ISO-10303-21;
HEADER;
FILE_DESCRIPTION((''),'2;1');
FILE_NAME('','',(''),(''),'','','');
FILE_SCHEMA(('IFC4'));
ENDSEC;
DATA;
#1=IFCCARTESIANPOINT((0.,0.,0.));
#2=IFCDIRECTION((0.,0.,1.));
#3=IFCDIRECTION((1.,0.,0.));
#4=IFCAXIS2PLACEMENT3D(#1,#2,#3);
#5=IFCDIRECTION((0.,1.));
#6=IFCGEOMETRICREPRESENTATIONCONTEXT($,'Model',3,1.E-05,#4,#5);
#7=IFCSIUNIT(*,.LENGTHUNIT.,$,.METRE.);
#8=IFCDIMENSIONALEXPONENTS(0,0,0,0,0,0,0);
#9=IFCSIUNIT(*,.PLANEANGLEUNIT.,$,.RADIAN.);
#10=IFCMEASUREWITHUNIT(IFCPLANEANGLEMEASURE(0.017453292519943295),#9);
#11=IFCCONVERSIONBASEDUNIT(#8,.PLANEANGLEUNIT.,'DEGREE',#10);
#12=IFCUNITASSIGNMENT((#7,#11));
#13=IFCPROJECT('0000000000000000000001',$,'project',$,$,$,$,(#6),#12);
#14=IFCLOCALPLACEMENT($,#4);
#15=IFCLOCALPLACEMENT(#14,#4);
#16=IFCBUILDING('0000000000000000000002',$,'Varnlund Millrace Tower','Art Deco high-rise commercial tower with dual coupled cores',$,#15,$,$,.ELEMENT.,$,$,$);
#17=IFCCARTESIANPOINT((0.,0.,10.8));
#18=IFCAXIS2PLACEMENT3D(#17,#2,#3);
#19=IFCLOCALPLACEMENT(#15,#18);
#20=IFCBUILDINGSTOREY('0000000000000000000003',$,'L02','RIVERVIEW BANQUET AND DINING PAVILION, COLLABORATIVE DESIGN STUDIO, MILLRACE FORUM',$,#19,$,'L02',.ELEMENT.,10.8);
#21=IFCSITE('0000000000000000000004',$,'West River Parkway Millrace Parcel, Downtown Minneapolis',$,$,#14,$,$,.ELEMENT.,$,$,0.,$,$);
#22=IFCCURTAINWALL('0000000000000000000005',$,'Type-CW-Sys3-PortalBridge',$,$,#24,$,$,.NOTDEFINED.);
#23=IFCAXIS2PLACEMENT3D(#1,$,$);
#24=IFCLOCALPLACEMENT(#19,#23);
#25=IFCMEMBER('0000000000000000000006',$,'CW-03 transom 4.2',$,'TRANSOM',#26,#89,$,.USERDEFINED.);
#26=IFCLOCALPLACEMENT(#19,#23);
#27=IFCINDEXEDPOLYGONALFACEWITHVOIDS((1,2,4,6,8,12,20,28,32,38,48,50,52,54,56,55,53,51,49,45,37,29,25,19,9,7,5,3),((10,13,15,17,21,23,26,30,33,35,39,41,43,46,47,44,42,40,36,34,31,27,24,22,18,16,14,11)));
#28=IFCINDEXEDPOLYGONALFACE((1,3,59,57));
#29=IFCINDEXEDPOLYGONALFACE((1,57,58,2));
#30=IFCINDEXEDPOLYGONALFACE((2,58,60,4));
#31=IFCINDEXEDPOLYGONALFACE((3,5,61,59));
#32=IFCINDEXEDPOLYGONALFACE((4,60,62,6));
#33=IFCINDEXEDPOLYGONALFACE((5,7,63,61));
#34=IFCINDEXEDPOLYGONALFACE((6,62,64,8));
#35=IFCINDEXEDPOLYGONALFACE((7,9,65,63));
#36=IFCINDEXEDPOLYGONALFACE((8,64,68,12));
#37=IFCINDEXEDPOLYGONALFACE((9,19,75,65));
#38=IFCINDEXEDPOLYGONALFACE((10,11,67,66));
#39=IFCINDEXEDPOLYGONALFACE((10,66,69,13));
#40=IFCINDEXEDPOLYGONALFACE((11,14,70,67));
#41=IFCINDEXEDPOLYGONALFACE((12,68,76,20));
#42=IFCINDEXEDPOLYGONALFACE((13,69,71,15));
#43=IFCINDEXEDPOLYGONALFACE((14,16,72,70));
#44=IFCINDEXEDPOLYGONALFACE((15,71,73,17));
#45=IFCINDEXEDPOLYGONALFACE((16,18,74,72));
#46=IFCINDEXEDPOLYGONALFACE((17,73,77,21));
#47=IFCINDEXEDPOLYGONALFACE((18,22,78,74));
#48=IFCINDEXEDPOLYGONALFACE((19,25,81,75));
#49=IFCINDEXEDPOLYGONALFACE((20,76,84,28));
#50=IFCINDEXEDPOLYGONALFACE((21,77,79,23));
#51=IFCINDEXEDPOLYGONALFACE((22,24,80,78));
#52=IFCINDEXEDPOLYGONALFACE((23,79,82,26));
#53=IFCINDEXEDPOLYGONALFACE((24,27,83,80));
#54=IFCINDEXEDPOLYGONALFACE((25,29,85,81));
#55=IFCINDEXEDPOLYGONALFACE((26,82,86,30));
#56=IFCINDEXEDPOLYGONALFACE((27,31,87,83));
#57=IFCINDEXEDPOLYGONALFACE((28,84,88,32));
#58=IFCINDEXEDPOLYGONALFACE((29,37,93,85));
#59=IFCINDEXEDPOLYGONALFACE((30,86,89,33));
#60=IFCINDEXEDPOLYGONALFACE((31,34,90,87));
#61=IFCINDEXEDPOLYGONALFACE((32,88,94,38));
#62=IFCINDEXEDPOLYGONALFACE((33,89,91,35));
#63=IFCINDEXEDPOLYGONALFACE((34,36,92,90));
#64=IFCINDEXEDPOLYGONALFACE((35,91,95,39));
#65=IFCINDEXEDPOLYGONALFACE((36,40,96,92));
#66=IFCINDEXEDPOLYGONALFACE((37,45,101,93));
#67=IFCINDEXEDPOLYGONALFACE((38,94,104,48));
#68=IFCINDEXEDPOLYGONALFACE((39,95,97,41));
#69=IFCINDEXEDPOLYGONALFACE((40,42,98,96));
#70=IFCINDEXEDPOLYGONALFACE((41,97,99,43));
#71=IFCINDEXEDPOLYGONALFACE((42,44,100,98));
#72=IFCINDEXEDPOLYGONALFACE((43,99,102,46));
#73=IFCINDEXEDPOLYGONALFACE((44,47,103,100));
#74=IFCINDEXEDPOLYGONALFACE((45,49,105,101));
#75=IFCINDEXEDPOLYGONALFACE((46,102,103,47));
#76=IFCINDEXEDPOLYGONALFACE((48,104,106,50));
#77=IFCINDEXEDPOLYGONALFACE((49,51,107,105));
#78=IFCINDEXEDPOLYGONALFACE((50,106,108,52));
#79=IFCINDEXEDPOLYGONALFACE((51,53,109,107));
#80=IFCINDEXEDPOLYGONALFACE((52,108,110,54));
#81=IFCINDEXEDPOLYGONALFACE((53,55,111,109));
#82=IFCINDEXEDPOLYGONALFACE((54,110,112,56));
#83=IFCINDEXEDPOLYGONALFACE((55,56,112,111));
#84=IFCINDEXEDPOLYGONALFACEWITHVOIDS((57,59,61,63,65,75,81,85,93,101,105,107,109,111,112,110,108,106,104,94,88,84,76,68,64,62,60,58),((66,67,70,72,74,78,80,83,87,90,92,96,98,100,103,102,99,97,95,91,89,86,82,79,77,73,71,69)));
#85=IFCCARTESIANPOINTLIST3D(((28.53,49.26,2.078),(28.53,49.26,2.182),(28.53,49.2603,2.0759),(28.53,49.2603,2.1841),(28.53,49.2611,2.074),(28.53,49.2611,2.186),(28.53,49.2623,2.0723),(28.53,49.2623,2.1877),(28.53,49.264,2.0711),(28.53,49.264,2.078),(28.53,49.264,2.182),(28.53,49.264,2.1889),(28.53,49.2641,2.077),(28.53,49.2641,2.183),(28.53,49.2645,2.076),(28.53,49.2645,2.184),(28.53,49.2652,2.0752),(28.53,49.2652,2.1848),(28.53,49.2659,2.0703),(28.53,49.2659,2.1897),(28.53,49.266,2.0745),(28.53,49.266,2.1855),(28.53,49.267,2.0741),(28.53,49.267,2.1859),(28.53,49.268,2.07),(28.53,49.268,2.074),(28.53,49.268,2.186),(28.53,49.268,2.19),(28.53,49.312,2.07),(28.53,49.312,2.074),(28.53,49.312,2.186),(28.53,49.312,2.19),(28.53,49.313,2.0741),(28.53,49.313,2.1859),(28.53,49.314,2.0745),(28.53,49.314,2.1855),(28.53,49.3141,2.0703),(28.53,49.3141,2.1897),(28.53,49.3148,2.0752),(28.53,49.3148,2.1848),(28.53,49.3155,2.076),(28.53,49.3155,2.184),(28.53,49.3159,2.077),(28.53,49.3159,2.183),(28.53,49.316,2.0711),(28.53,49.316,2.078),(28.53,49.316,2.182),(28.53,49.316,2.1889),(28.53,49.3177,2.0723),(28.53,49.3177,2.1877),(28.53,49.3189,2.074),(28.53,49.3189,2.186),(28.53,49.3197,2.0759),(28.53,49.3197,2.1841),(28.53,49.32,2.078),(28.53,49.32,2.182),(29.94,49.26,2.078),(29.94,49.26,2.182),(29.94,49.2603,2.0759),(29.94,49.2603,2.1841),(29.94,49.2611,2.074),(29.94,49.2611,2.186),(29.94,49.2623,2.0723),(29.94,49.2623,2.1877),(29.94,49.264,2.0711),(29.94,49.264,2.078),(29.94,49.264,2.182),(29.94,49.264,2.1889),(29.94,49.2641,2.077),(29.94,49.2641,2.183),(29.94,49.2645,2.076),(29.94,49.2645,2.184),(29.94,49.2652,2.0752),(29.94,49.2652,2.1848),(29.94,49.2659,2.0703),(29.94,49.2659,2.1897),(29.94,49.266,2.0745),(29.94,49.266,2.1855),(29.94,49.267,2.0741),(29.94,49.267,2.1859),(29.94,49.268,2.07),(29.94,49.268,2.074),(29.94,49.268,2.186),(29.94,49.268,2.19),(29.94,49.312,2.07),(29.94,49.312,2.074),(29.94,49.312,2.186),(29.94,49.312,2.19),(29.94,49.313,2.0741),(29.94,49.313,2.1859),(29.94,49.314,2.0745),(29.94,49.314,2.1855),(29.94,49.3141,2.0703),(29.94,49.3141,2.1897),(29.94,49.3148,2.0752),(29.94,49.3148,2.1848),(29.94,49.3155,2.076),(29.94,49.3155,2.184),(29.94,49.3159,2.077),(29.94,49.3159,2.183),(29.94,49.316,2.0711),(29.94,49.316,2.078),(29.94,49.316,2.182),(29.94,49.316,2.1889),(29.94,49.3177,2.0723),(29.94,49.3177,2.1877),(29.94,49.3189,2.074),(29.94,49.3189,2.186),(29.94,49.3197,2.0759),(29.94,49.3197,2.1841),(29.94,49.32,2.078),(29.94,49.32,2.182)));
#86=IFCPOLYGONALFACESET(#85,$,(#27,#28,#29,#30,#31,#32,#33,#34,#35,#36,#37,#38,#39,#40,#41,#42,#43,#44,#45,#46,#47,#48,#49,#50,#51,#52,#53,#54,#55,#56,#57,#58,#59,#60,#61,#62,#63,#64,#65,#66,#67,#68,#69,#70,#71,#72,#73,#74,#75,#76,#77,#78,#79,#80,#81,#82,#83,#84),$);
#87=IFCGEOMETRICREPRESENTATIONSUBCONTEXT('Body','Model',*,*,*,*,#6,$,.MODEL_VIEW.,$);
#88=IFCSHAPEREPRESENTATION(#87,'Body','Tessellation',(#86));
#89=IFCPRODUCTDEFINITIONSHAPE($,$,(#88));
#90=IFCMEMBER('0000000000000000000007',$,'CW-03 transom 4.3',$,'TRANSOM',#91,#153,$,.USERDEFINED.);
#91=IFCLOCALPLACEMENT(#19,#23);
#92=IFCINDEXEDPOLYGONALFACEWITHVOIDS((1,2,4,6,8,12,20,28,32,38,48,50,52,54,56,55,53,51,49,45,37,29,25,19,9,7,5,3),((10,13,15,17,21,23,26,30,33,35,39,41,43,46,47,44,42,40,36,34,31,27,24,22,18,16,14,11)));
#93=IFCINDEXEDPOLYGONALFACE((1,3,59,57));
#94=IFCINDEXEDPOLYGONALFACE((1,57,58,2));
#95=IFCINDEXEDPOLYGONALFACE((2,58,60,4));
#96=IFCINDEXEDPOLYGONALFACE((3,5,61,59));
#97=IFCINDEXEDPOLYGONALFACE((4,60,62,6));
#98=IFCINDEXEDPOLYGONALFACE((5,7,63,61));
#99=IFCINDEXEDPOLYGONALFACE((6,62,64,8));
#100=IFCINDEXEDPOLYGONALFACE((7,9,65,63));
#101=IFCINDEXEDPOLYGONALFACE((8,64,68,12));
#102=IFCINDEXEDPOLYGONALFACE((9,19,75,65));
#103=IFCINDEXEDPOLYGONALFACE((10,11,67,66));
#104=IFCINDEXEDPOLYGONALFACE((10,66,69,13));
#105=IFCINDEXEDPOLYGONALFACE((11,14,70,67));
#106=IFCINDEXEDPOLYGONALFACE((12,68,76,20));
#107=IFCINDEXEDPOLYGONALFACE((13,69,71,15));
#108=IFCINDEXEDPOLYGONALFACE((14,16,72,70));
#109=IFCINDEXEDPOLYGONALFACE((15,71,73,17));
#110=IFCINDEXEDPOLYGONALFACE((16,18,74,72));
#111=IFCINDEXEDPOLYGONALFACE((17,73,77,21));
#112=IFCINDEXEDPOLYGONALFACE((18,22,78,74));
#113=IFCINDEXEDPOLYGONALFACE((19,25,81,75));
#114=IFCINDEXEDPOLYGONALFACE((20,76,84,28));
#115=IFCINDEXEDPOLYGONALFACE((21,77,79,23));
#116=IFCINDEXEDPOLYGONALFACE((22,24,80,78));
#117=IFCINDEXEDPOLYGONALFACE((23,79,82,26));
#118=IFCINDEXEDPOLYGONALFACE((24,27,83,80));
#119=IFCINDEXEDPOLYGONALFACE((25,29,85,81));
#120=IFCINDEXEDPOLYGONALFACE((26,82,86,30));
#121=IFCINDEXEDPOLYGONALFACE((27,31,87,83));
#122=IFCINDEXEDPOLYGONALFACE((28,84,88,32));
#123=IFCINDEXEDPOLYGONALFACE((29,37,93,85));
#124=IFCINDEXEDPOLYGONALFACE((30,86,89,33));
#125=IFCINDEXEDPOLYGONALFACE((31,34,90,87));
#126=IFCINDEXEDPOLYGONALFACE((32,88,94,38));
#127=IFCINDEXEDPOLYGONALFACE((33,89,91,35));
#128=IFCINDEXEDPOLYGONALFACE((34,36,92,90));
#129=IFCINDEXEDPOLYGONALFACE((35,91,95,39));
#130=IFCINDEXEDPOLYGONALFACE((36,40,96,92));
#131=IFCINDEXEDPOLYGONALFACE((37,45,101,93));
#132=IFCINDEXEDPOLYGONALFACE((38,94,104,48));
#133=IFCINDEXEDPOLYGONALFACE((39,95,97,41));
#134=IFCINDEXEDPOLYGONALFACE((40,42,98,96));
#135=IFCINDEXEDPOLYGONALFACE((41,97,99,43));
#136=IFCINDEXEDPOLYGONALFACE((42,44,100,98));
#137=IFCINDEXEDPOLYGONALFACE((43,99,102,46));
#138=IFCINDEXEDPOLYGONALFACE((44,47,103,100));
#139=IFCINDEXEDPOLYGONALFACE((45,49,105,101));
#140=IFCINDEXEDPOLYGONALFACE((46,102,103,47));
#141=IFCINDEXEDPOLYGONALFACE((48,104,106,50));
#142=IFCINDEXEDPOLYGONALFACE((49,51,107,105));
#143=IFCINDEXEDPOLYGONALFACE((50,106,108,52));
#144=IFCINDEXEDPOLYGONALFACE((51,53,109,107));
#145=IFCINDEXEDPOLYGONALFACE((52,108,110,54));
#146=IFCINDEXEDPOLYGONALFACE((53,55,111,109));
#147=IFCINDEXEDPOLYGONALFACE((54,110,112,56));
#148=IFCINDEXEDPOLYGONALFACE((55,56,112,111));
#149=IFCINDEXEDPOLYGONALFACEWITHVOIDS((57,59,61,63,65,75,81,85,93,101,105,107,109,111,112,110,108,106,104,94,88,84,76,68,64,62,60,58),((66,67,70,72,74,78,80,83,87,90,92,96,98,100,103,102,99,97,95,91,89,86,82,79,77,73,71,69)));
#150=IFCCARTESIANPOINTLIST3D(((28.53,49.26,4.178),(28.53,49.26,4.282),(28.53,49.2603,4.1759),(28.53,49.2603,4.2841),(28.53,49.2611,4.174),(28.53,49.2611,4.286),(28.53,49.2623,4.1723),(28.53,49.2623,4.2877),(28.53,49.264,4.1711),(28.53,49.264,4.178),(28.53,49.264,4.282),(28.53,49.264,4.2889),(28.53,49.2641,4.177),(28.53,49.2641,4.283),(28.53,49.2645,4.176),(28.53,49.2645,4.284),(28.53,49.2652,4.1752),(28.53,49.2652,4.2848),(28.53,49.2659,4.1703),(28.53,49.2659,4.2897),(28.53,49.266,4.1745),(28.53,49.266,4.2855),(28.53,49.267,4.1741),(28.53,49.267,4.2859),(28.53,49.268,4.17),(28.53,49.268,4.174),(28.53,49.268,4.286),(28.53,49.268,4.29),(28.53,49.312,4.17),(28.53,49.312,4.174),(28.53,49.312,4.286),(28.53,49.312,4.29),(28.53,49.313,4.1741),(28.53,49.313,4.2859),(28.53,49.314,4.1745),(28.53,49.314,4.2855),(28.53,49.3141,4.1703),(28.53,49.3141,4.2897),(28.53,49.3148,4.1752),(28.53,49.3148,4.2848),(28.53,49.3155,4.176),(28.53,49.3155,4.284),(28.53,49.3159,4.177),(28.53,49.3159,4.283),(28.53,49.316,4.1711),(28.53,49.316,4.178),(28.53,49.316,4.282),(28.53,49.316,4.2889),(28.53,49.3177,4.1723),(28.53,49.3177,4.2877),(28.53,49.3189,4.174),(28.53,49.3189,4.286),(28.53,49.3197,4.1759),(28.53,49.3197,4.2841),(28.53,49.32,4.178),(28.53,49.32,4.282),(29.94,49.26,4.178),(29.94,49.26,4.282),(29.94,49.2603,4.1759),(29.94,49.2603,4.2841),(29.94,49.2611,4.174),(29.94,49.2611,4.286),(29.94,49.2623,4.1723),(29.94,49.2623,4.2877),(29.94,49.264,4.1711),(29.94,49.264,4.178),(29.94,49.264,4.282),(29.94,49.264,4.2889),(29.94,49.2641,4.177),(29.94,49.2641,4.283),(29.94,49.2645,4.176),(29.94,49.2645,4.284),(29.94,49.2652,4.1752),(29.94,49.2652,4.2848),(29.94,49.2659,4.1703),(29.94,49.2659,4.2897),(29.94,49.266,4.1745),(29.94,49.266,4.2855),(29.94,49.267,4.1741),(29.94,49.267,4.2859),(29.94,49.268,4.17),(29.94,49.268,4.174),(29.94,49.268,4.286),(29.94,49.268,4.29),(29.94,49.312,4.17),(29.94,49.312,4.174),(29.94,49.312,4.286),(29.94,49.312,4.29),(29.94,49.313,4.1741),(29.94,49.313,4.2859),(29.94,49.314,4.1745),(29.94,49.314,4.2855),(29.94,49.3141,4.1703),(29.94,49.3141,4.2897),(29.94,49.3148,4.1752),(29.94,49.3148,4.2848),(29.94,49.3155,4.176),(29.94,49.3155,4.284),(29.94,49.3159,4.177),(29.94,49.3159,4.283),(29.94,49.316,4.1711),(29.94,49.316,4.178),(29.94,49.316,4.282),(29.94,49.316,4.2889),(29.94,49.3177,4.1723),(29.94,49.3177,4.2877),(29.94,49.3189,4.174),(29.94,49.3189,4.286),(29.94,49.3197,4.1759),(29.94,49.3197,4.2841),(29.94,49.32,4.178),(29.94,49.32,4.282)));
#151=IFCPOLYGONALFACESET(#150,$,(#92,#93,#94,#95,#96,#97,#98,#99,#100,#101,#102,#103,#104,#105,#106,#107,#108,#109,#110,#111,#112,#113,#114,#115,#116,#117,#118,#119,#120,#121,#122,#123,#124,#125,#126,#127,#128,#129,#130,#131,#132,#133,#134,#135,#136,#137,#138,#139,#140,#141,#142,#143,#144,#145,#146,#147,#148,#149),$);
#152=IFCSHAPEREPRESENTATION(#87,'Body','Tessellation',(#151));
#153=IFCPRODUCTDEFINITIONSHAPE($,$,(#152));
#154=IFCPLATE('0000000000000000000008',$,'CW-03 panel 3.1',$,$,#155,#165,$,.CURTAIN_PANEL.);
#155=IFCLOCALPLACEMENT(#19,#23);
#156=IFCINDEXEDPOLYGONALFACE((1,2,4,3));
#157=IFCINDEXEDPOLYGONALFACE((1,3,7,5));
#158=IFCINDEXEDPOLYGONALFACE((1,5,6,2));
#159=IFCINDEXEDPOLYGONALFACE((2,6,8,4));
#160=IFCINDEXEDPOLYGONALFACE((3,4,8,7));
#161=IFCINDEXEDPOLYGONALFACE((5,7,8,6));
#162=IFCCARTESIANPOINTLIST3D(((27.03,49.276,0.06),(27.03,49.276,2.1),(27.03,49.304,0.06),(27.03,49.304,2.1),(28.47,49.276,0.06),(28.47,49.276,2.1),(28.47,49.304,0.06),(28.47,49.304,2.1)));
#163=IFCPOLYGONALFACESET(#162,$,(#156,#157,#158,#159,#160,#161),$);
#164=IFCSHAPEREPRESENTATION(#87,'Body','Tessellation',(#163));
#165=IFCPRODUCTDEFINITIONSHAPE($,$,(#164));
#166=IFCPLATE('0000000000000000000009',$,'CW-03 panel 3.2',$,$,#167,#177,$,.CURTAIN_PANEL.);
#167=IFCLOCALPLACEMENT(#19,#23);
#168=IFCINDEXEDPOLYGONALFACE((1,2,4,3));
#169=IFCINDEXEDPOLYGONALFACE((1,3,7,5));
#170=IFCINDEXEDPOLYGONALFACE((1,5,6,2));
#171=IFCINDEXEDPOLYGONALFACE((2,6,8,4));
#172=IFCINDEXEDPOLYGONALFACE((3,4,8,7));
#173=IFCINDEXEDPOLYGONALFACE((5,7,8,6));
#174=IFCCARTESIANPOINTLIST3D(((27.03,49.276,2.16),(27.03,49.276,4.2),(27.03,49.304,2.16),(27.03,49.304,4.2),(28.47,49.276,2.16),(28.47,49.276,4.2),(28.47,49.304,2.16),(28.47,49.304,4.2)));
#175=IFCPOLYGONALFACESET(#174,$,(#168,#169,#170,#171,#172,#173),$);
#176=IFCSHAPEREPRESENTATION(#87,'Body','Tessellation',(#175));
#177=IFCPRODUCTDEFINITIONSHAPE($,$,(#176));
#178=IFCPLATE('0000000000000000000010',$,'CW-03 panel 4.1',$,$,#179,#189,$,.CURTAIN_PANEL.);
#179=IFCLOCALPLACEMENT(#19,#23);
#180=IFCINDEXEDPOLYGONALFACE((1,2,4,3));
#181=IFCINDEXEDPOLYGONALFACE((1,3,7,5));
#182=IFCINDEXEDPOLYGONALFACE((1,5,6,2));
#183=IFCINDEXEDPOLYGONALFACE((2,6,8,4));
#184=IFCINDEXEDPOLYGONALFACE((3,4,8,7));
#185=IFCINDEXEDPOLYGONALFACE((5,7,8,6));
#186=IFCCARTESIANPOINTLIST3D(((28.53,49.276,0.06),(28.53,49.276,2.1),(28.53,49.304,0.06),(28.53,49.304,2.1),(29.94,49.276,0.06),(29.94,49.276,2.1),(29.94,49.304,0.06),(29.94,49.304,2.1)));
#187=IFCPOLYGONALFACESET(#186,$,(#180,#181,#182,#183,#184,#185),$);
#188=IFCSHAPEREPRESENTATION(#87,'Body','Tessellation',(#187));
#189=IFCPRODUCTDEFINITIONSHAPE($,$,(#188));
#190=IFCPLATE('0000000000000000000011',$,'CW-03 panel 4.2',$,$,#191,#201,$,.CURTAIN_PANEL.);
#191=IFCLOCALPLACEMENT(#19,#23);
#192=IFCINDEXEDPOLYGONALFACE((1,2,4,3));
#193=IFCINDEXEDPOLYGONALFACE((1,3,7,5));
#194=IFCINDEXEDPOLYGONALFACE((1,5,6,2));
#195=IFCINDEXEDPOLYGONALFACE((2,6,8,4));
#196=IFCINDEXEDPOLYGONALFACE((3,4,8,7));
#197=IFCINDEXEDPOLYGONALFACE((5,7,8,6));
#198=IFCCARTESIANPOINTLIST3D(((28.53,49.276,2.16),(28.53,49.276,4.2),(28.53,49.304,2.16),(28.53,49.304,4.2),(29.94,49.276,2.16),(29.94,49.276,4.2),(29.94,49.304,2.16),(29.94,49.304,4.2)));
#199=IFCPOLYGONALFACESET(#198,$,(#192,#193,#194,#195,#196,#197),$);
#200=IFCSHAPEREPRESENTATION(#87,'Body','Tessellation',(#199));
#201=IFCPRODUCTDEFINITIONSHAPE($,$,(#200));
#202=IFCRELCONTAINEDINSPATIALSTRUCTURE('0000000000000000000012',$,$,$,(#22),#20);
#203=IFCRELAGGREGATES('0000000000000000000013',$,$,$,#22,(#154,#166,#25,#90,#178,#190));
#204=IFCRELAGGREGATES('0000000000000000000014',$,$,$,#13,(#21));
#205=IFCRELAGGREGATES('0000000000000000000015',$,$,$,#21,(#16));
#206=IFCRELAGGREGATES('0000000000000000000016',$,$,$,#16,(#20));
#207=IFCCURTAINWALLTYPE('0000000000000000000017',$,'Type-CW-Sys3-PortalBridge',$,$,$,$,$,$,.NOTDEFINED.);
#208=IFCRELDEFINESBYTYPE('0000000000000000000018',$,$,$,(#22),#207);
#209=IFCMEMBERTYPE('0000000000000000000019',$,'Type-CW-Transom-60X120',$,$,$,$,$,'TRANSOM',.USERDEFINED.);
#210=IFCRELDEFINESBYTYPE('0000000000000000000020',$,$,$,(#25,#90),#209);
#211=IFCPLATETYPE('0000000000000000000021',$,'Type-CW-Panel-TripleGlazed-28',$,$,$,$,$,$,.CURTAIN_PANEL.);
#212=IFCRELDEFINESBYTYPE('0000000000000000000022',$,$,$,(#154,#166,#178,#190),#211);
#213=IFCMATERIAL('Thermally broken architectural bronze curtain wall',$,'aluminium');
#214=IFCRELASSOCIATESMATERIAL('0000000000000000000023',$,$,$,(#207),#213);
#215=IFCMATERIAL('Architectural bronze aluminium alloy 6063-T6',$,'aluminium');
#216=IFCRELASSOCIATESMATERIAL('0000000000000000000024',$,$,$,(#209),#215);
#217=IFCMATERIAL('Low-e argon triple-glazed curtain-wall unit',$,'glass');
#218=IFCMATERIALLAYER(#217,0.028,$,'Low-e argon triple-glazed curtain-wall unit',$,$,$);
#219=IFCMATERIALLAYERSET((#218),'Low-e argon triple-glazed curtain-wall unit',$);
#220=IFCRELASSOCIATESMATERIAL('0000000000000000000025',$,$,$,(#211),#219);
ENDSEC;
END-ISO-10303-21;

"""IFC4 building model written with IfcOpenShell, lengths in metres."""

from ifc_helpers import new_model, entity, si_unit, converted_unit, direction, frame, origin_with_axes, origin_2d_with_axis, place, context, subcontext, project, spatial, rectangle, hollow_rectangle, extrude, material, layer, layer_set, material_profile, profile_set, type_object, element, aggregate, save


model = new_model("IFC4")

# Units and contexts
model_context = context("Model", 3, precision=1e-05, world=origin_with_axes(), true_north=direction((0.0, 1.0)))
body_context = subcontext(model_context, "Body", "Model", "MODEL_VIEW")
ifc_project = project(units=[si_unit("LENGTHUNIT", "METRE"), converted_unit("PLANEANGLEUNIT", "DEGREE", entity("IfcPlaneAngleMeasure", 0.017453292519943295), si_unit("PLANEANGLEUNIT", "RADIAN"), dimensions=[0, 0, 0, 0, 0, 0, 0])], contexts=[model_context])

# Site, building, storey
site_placement = place(None, origin_with_axes())
site = spatial("IfcSite", under=ifc_project, at=site_placement, Name="West River Parkway Millrace Parcel, Downtown Minneapolis", CompositionType="ELEMENT", RefElevation=0.0)
building_placement = place(site_placement, origin_with_axes())
building = spatial("IfcBuilding", under=site, at=building_placement, Name="Varnlund Millrace Tower", Description="Art Deco high-rise commercial tower with dual coupled cores", CompositionType="ELEMENT")
storey_placement = place(building_placement, frame((0.0, 0.0, 10.8), z_axis=(0.0, 0.0, 1.0), x_axis=(1.0, 0.0, 0.0)))
storey = spatial("IfcBuildingStorey", under=building, at=storey_placement, Name="L02", Description="RIVERVIEW BANQUET AND DINING PAVILION, COLLABORATIVE DESIGN STUDIO, MILLRACE FORUM", LongName="L02", CompositionType="ELEMENT", Elevation=10.8)

# Curtain wall, members, plates
ifc_material_1 = material(Name="Thermally broken architectural bronze curtain wall", Category="aluminium")
curtain_wall_type = type_object("IfcCurtainWallType", Name="Type-CW-Sys3-PortalBridge", PredefinedType="NOTDEFINED", material=ifc_material_1)
curtain_wall_placement = place(storey_placement, frame((24.0, 49.29, 0.0), z_axis=(0.0, 0.0, 1.0), x_axis=(1.0, 0.0, 0.0)))
curtain_wall = element("IfcCurtainWall", 1, at=curtain_wall_placement, inside=storey, type_object=curtain_wall_type, Name="Type-CW-Sys3-PortalBridge", PredefinedType="NOTDEFINED")
ifc_material_2 = material(Name="Architectural bronze aluminium alloy 6063-T6", Category="aluminium")
ifc_material_profile_1 = material_profile(ifc_material_2, hollow_rectangle(XDim=0.06, YDim=0.12, WallThickness=0.004, InnerFilletRadius=0.004, OuterFilletRadius=0.008, at=origin_2d_with_axis()), Name="Architectural bronze aluminium alloy 6063-T6")
ifc_profile_set_1 = profile_set([ifc_material_profile_1], Name="Architectural bronze aluminium alloy 6063-T6")
member_type_1 = type_object("IfcMemberType", Name="Type-CW-Transom-60X120", ElementType="TRANSOM", PredefinedType="USERDEFINED", material=ifc_profile_set_1)
member_1_placement = place(storey_placement, frame((28.53, 49.29, 2.13), z_axis=(1.0, 0.0, 0.0), x_axis=(0.0, 1.0, 0.0)))
member_1 = element("IfcMember", 2, at=member_1_placement, type_object=member_type_1, Name="CW-03 transom 4.2", ObjectType="TRANSOM", PredefinedType="USERDEFINED", context=body_context, shape_type="SweptSolid", body=[
    extrude(hollow_rectangle(XDim=0.06, YDim=0.12, WallThickness=0.004, InnerFilletRadius=0.004, OuterFilletRadius=0.008, at=origin_2d_with_axis()), origin_with_axes(), (0.0, 0.0, 1.0), 1.41),
])
member_2_placement = place(storey_placement, frame((28.53, 49.29, 4.23), z_axis=(1.0, 0.0, 0.0), x_axis=(0.0, 1.0, 0.0)))
member_2 = element("IfcMember", 3, at=member_2_placement, type_object=member_type_1, Name="CW-03 transom 4.3", ObjectType="TRANSOM", PredefinedType="USERDEFINED", context=body_context, shape_type="SweptSolid", body=[
    extrude(hollow_rectangle(XDim=0.06, YDim=0.12, WallThickness=0.004, InnerFilletRadius=0.004, OuterFilletRadius=0.008, at=origin_2d_with_axis()), origin_with_axes(), (0.0, 0.0, 1.0), 1.41),
])
ifc_material_3 = material(Name="Low-e argon triple-glazed curtain-wall unit", Category="glass")
ifc_layer_1 = layer(ifc_material_3, 0.028, Name="Low-e argon triple-glazed curtain-wall unit")
ifc_layer_set_1 = layer_set([ifc_layer_1], Name="Low-e argon triple-glazed curtain-wall unit")
plate_type = type_object("IfcPlateType", Name="Type-CW-Panel-TripleGlazed-28", PredefinedType="CURTAIN_PANEL", material=ifc_layer_set_1)
plate_1_placement = place(storey_placement, frame((27.75, 49.29, 0.06), z_axis=(0.0, 0.0, 1.0), x_axis=(1.0, 0.0, 0.0)))
plate_1 = element("IfcPlate", 4, at=plate_1_placement, type_object=plate_type, Name="CW-03 panel 3.1", PredefinedType="CURTAIN_PANEL", context=body_context, shape_type="SweptSolid", body=[
    extrude(rectangle(XDim=1.44, YDim=0.028, at=origin_2d_with_axis()), origin_with_axes(), (0.0, 0.0, 1.0), 2.04),
])
plate_2_placement = place(storey_placement, frame((27.75, 49.29, 2.16), z_axis=(0.0, 0.0, 1.0), x_axis=(1.0, 0.0, 0.0)))
plate_2 = element("IfcPlate", 5, at=plate_2_placement, type_object=plate_type, Name="CW-03 panel 3.2", PredefinedType="CURTAIN_PANEL", context=body_context, shape_type="SweptSolid", body=[
    extrude(rectangle(XDim=1.44, YDim=0.028, at=origin_2d_with_axis()), origin_with_axes(), (0.0, 0.0, 1.0), 2.04),
])
plate_3_placement = place(storey_placement, frame((29.235, 49.29, 0.06), z_axis=(0.0, 0.0, 1.0), x_axis=(1.0, 0.0, 0.0)))
plate_3 = element("IfcPlate", 6, at=plate_3_placement, type_object=plate_type, Name="CW-03 panel 4.1", PredefinedType="CURTAIN_PANEL", context=body_context, shape_type="SweptSolid", body=[
    extrude(rectangle(XDim=1.41, YDim=0.028, at=origin_2d_with_axis()), origin_with_axes(), (0.0, 0.0, 1.0), 2.04),
])
plate_4_placement = place(storey_placement, frame((29.235, 49.29, 2.16), z_axis=(0.0, 0.0, 1.0), x_axis=(1.0, 0.0, 0.0)))
plate_4 = element("IfcPlate", 7, at=plate_4_placement, type_object=plate_type, Name="CW-03 panel 4.2", PredefinedType="CURTAIN_PANEL", context=body_context, shape_type="SweptSolid", body=[
    extrude(rectangle(XDim=1.41, YDim=0.028, at=origin_2d_with_axis()), origin_with_axes(), (0.0, 0.0, 1.0), 2.04),
])
aggregate(curtain_wall, [plate_1, plate_2, member_1, member_2, plate_3, plate_4])

save(model, "model.ifc")
